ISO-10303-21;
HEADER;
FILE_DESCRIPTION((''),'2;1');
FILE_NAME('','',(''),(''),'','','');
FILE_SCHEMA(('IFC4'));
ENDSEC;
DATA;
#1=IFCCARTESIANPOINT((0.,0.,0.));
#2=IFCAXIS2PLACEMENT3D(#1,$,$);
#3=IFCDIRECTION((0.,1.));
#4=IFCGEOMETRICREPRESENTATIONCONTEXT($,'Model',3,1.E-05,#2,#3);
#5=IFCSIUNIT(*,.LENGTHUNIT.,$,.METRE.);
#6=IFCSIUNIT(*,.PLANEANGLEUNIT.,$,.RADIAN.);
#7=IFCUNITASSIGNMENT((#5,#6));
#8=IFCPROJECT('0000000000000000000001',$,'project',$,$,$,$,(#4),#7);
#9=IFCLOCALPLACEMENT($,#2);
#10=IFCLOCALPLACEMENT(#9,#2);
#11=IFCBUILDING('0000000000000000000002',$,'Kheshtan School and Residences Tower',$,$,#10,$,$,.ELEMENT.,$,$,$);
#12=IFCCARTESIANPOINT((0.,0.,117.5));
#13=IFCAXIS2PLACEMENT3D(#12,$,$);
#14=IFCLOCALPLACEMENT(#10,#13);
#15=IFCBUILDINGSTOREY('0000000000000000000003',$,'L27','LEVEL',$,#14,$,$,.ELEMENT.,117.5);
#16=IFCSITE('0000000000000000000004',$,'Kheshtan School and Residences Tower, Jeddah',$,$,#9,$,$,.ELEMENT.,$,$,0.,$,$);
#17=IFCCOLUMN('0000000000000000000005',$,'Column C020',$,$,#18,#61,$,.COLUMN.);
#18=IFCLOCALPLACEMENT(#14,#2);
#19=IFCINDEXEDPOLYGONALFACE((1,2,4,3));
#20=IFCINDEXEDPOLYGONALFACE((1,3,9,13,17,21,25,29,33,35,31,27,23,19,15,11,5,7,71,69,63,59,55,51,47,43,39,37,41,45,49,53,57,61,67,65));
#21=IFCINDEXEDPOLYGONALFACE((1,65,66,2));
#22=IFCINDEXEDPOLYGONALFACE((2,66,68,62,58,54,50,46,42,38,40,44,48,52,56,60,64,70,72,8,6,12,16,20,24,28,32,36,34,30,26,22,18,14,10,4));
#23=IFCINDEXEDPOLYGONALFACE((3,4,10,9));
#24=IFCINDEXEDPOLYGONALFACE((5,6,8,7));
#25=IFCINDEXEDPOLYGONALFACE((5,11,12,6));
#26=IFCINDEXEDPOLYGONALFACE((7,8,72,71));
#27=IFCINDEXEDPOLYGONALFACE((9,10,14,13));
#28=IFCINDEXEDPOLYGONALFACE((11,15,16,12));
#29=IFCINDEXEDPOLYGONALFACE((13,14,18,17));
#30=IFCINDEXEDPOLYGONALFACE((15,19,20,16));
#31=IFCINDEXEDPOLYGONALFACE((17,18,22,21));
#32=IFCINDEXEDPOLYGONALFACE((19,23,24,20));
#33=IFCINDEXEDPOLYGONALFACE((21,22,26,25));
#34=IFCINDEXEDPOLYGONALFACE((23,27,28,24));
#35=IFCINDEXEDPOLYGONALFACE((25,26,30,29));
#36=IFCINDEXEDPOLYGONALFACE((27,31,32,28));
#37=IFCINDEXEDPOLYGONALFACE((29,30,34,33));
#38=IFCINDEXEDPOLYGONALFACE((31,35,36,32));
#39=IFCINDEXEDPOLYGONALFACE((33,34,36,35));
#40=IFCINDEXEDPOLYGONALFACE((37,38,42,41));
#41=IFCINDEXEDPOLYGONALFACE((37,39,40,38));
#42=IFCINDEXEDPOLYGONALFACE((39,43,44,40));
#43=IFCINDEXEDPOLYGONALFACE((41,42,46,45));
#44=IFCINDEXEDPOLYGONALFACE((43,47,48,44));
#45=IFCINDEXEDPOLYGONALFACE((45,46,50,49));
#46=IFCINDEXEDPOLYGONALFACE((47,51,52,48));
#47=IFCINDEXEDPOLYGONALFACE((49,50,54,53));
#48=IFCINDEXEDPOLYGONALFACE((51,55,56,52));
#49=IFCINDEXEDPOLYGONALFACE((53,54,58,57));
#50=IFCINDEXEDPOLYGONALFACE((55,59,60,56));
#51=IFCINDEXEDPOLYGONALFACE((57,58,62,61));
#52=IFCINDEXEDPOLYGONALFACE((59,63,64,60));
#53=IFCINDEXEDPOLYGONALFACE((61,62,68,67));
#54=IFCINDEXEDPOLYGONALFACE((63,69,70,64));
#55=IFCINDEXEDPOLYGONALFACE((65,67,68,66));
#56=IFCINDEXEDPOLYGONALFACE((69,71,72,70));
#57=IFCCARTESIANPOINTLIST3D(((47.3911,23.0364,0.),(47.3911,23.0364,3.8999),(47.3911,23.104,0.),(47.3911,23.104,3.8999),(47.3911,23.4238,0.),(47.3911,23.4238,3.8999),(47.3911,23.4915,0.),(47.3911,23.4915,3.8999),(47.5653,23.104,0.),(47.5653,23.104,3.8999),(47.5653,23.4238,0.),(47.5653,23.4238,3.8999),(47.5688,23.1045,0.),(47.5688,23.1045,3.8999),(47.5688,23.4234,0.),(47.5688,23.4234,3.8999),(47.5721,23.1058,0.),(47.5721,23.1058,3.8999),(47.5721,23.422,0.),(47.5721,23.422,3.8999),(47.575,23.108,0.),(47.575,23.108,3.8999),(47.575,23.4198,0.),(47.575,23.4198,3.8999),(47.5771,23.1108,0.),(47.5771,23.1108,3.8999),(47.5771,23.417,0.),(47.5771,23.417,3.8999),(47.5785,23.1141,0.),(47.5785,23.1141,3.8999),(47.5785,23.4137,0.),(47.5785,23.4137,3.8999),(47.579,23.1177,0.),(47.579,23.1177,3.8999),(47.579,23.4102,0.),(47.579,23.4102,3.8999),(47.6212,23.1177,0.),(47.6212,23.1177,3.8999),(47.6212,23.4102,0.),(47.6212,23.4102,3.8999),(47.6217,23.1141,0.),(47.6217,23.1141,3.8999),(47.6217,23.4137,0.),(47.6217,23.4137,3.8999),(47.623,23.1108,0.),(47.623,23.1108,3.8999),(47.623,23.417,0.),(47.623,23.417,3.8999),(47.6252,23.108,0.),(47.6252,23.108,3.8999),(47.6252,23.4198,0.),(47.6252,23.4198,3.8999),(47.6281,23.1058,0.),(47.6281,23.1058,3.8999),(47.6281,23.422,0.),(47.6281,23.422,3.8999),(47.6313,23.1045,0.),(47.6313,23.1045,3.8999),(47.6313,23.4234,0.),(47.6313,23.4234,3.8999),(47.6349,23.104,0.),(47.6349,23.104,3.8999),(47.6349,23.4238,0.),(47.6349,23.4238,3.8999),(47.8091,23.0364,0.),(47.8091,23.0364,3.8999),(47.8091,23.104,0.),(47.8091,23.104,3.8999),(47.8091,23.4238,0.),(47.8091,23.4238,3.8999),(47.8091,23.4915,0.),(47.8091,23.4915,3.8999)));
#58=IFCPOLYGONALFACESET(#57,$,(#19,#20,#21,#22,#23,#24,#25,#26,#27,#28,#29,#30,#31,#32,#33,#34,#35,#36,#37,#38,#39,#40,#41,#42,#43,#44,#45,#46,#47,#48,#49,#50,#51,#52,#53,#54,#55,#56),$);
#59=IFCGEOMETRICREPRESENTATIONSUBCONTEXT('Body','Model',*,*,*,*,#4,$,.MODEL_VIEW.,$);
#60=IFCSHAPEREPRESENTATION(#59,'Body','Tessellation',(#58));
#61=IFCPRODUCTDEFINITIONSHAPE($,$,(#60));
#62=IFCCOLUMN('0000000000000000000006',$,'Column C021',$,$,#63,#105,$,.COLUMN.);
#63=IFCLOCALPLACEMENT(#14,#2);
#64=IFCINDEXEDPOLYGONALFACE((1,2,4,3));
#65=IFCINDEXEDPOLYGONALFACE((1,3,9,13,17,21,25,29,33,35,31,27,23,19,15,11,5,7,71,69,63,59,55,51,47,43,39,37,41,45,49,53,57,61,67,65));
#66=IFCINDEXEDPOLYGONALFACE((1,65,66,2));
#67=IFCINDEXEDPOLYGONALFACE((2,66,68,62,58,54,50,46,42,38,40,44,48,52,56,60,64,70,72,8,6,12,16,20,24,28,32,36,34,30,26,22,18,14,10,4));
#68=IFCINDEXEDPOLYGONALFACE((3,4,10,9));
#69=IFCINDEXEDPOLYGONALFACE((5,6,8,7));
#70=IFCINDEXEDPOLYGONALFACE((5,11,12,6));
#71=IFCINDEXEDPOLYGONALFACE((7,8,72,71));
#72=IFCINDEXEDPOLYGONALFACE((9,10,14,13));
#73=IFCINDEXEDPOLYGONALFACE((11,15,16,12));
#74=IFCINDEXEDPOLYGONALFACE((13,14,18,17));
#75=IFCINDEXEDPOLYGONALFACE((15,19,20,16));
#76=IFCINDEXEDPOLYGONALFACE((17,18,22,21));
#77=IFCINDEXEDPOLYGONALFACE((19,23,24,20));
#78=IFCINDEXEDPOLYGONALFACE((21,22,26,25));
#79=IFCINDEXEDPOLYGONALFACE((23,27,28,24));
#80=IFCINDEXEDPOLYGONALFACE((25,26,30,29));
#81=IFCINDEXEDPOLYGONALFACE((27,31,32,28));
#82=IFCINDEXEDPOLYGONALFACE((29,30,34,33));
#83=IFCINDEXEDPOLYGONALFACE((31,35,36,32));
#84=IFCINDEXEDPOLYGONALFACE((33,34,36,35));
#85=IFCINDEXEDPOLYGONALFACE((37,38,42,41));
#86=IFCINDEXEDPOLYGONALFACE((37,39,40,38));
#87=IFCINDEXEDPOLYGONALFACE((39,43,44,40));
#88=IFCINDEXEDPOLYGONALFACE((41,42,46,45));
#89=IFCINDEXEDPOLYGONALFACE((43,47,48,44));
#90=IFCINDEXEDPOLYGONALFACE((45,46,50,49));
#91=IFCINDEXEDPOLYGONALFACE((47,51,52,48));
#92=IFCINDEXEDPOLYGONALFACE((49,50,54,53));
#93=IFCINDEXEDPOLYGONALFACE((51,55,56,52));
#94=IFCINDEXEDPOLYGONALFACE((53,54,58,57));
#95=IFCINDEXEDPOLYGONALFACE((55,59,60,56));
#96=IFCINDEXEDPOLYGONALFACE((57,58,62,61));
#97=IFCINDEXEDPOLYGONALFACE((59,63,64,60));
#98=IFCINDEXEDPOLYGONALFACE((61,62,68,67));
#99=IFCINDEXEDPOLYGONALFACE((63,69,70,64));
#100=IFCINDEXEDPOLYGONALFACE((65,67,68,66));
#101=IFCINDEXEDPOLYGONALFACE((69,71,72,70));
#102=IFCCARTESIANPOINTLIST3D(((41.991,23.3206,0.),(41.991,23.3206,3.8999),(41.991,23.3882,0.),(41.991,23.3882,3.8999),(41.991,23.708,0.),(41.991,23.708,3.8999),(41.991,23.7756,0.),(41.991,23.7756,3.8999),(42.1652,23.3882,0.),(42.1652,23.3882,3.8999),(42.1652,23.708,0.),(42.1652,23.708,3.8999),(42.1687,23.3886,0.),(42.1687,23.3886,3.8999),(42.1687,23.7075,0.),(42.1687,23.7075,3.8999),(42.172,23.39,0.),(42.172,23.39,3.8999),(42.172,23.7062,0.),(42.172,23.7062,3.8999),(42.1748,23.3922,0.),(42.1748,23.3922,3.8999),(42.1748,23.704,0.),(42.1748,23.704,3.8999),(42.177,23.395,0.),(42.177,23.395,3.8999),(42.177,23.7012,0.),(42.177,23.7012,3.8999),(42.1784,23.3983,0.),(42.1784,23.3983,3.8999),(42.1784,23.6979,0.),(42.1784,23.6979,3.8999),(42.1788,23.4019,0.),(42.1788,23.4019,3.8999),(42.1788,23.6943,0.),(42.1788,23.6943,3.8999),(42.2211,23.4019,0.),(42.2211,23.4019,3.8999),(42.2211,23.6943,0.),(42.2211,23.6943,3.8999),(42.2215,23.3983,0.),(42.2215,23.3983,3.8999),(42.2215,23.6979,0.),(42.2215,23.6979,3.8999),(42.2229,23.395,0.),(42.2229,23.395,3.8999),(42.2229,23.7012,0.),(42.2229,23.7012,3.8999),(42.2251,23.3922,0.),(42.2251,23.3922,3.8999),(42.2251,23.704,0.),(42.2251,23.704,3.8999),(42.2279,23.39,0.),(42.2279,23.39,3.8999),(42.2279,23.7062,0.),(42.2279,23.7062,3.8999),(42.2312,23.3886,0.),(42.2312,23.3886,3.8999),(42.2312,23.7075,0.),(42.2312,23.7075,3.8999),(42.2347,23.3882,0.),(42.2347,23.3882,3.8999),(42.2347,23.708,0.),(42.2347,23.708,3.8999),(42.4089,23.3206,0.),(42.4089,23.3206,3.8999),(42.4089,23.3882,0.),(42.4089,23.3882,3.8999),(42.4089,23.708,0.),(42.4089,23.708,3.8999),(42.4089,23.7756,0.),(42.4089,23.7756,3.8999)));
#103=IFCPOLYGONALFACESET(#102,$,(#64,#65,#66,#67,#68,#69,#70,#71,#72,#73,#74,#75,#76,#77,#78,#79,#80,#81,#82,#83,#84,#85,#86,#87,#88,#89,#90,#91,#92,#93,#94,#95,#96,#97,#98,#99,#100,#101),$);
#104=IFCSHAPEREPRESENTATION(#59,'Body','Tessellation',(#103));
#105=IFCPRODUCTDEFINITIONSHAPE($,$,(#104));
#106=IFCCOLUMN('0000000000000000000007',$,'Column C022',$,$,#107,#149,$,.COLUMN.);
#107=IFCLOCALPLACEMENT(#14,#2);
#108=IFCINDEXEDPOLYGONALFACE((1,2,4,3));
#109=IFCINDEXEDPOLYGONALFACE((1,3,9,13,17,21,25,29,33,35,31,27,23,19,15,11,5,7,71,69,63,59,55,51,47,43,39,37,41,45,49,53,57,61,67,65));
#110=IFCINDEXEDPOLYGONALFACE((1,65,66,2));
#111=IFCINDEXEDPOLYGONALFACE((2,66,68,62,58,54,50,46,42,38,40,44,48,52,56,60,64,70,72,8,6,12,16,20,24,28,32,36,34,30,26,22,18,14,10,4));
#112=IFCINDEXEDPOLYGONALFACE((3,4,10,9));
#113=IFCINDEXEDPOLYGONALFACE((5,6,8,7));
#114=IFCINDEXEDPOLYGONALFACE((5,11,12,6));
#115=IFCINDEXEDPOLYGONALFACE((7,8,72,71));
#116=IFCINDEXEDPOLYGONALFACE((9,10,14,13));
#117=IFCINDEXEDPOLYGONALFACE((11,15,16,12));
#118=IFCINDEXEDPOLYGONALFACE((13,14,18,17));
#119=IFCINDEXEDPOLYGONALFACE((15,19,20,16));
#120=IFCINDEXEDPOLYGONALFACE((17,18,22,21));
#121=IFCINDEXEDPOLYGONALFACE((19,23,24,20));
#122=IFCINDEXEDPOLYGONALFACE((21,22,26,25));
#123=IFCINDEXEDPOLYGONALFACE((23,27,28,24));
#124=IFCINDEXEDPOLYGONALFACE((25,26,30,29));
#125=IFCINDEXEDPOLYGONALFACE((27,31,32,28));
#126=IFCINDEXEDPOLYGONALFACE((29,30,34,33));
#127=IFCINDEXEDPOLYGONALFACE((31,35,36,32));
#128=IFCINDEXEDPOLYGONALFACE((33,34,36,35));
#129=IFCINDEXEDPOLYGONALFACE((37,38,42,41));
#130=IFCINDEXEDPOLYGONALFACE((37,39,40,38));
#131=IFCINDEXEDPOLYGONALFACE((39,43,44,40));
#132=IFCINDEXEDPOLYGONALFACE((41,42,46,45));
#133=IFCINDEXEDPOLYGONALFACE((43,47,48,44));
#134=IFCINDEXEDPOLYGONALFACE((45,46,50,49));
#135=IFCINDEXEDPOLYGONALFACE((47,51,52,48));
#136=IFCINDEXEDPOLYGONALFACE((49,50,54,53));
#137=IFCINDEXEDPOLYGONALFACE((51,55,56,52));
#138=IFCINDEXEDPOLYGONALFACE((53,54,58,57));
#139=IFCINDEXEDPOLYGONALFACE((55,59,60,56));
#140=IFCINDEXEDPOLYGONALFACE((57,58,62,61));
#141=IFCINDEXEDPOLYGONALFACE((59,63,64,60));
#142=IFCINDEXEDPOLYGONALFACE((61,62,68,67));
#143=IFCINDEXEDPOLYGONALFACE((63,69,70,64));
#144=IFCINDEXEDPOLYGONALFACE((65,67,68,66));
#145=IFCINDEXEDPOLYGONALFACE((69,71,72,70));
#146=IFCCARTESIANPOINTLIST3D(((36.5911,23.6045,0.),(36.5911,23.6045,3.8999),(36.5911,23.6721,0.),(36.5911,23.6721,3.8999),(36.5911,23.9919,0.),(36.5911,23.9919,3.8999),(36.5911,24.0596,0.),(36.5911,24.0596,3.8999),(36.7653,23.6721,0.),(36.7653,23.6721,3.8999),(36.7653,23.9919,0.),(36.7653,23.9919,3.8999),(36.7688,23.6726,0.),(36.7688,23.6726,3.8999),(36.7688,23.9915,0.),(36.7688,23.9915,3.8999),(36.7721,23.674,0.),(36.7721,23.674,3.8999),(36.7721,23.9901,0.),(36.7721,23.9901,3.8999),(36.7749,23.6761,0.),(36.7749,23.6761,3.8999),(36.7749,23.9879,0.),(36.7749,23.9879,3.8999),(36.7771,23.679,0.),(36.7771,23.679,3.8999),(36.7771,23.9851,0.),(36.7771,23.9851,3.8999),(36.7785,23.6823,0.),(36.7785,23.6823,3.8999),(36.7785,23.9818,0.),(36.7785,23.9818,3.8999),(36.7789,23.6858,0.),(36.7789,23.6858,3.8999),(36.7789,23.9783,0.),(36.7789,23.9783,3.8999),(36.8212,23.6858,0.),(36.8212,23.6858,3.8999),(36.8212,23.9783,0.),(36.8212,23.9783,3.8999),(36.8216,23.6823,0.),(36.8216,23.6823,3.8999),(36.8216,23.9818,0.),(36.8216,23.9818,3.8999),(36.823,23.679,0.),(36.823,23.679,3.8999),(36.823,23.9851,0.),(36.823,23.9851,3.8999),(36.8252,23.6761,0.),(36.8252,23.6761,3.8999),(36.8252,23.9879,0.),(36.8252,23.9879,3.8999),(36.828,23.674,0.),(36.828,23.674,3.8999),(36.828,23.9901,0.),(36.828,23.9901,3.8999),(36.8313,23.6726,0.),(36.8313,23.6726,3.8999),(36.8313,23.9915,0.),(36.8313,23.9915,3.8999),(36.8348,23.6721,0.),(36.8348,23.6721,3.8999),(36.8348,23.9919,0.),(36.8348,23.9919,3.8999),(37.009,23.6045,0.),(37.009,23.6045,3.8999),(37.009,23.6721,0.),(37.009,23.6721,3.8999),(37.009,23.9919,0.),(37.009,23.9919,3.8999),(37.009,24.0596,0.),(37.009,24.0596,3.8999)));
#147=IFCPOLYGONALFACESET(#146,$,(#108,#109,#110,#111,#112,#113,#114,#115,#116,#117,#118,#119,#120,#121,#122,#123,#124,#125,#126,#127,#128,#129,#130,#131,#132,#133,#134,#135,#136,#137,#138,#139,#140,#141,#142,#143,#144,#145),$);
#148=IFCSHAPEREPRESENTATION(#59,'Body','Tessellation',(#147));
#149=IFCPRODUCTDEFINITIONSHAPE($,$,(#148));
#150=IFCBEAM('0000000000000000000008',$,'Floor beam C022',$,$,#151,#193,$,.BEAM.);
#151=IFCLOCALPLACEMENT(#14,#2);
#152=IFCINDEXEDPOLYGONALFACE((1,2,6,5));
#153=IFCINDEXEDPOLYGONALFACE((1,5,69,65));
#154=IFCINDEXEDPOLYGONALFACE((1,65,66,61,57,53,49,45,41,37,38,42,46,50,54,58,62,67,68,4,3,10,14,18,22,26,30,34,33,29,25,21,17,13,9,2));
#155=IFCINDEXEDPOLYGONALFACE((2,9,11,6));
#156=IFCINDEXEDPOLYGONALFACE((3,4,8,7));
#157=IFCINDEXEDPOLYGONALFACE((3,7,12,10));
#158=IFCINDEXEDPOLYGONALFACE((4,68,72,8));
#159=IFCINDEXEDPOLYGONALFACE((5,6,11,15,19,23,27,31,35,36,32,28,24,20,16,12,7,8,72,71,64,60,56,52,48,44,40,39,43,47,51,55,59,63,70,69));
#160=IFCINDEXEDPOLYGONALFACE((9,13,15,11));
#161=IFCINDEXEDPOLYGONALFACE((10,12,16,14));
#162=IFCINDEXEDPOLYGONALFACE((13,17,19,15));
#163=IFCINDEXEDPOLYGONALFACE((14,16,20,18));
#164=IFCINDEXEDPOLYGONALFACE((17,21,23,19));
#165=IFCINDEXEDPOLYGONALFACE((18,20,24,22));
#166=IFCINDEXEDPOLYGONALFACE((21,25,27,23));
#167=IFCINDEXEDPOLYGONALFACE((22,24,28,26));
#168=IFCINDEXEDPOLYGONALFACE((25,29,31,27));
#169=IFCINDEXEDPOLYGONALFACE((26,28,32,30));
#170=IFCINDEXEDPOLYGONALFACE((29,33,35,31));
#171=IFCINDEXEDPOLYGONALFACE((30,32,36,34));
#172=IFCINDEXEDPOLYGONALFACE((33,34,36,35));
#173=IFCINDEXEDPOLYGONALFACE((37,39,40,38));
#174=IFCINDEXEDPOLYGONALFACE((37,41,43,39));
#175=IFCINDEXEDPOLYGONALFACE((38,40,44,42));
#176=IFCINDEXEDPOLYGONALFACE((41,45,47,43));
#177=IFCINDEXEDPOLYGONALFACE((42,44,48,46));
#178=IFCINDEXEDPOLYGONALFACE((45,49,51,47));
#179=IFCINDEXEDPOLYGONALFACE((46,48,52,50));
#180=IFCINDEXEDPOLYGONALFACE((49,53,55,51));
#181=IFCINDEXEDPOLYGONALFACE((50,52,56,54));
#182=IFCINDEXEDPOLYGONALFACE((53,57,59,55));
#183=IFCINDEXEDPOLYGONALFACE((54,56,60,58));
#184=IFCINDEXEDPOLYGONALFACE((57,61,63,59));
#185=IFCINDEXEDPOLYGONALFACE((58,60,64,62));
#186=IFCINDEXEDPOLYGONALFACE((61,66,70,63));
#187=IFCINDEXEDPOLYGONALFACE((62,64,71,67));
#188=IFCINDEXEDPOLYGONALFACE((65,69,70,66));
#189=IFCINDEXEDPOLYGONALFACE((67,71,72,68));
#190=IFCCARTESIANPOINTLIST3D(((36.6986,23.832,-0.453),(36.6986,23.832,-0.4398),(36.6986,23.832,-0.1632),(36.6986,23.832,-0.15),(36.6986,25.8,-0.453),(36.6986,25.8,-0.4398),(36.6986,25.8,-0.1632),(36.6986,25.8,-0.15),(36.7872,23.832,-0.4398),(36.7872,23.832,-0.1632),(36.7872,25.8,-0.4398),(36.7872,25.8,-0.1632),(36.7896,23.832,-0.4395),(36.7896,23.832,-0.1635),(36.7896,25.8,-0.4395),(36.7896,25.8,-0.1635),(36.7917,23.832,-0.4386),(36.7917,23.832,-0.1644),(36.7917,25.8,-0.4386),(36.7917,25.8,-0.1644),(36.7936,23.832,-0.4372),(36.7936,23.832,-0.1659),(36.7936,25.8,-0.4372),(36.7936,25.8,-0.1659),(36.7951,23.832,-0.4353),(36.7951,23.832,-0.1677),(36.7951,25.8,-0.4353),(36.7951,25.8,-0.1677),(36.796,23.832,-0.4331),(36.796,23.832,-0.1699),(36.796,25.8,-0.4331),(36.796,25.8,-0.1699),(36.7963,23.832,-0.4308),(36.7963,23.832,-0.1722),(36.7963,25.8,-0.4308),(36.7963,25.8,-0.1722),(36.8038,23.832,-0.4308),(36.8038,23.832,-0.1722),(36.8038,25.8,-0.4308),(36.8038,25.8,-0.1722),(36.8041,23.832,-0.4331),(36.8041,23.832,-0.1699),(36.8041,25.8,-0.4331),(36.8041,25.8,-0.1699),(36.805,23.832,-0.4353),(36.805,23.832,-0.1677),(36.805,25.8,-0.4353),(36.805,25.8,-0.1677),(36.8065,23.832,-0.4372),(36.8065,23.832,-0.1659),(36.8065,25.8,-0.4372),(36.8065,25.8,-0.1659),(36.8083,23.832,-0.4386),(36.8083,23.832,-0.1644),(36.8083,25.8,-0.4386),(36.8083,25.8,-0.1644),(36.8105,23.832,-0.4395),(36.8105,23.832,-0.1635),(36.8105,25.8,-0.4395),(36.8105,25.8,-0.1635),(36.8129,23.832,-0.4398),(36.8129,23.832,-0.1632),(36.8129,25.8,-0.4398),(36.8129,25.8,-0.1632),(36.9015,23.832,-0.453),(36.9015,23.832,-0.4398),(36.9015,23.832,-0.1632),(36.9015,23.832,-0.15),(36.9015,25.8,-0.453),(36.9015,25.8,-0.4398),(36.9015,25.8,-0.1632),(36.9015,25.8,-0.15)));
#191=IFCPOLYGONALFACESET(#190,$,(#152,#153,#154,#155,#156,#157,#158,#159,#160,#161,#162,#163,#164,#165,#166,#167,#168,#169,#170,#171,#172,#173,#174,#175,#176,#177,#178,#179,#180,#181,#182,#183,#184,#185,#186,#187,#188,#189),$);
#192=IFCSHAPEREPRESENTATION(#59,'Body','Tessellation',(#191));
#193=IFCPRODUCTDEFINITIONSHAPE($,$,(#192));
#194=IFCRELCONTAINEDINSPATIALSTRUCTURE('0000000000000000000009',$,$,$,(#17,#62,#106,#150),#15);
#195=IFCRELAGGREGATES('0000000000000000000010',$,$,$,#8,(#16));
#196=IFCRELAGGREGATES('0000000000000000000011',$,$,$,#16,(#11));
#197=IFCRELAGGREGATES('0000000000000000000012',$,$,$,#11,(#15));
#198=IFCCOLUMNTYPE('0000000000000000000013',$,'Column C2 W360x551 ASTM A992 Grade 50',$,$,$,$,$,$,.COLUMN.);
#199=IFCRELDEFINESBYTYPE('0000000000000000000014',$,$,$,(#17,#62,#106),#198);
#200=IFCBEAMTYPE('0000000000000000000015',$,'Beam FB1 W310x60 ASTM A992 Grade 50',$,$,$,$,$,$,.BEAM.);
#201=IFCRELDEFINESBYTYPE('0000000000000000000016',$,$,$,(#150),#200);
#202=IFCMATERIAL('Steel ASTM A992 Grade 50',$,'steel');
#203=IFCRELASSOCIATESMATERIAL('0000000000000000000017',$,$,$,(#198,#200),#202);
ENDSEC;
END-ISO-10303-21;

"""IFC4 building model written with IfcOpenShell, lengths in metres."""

from ifc_helpers import new_model, si_unit, direction, frame, origin, origin_2d, place, context, subcontext, project, spatial, i_section, extrude, material, material_profile, profile_set, type_object, element, save


model = new_model("IFC4")

# Units and contexts
model_context = context("Model", 3, precision=1e-05, world=origin(), true_north=direction((0.0, 1.0)))
body_context = subcontext(model_context, "Body", "Model", "MODEL_VIEW")
ifc_project = project(units=[si_unit("LENGTHUNIT", "METRE"), si_unit("PLANEANGLEUNIT", "RADIAN")], contexts=[model_context])

# Site, building, storey
site_placement = place(None, origin())
site = spatial("IfcSite", under=ifc_project, at=site_placement, Name="Kheshtan School and Residences Tower, Jeddah", CompositionType="ELEMENT", RefElevation=0.0)
building_placement = place(site_placement, origin())
building = spatial("IfcBuilding", under=site, at=building_placement, Name="Kheshtan School and Residences Tower", CompositionType="ELEMENT")
storey_placement = place(building_placement, frame((0.0, 0.0, 117.5)))
storey = spatial("IfcBuildingStorey", under=building, at=storey_placement, Name="L27", Description="LEVEL", CompositionType="ELEMENT", Elevation=117.5)

# Columns
ifc_material_1 = material(Name="Steel ASTM A992 Grade 50", Category="steel")
ifc_material_profile_1 = material_profile(ifc_material_1, i_section(OverallWidth=0.418, OverallDepth=0.4551, WebThickness=0.0422, FlangeThickness=0.0676, FilletRadius=0.0137, at=origin_2d()), Name="W360x551")
ifc_profile_set_1 = profile_set([ifc_material_profile_1], Name="Steel ASTM A992 Grade 50")
column_type = type_object("IfcColumnType", Name="Column C2 W360x551 ASTM A992 Grade 50", PredefinedType="COLUMN", material=ifc_profile_set_1)
for number, where, z_axis, x_axis, name in (
    (1, (47.6001, 23.2639, 0.0), (0.0, 0.0, 1.0), (1.0, 0.0, 0.0), "Column C020"),
    (2, (42.2, 23.5481, 0.0), (0.0, 0.0, 1.0), (1.0, 0.0, 0.0), "Column C021"),
    (3, (36.8, 23.832, 0.0), (0.0, 0.0, 1.0), (1.0, 0.0, 0.0), "Column C022"),
):
    element("IfcColumn", number, at=place(storey_placement, frame(where, z_axis=z_axis, x_axis=x_axis)), inside=storey, type_object=column_type, Name=name, PredefinedType="COLUMN", context=body_context, shape_type="SweptSolid", body=[
        extrude(i_section(OverallWidth=0.418, OverallDepth=0.4551, WebThickness=0.0422, FlangeThickness=0.0676, FilletRadius=0.0137, at=origin_2d()), origin(), (0.0, 0.0, 1.0), 3.8999),
    ])

# Beam
ifc_material_profile_2 = material_profile(ifc_material_1, i_section(OverallWidth=0.2029, OverallDepth=0.303, WebThickness=0.0076, FlangeThickness=0.0132, FilletRadius=0.009, at=origin_2d()), Name="W310x60")
ifc_profile_set_2 = profile_set([ifc_material_profile_2], Name="Steel ASTM A992 Grade 50")
beam_type_1 = type_object("IfcBeamType", Name="Beam FB1 W310x60 ASTM A992 Grade 50", PredefinedType="BEAM", material=ifc_profile_set_2)
beam_1_placement = place(storey_placement, frame((36.8, 23.832, -0.3015), z_axis=(0.0, 1.0, 0.0), x_axis=(-1.0, 0.0, 0.0)))
element("IfcBeam", 4, at=beam_1_placement, inside=storey, type_object=beam_type_1, Name="Floor beam C022", PredefinedType="BEAM", context=body_context, shape_type="SweptSolid", body=[
    extrude(i_section(OverallWidth=0.2029, OverallDepth=0.303, WebThickness=0.0076, FlangeThickness=0.0132, FilletRadius=0.009, at=origin_2d()), origin(), (0.0, 0.0, 1.0), 1.968),
])

save(model, "model.ifc")
